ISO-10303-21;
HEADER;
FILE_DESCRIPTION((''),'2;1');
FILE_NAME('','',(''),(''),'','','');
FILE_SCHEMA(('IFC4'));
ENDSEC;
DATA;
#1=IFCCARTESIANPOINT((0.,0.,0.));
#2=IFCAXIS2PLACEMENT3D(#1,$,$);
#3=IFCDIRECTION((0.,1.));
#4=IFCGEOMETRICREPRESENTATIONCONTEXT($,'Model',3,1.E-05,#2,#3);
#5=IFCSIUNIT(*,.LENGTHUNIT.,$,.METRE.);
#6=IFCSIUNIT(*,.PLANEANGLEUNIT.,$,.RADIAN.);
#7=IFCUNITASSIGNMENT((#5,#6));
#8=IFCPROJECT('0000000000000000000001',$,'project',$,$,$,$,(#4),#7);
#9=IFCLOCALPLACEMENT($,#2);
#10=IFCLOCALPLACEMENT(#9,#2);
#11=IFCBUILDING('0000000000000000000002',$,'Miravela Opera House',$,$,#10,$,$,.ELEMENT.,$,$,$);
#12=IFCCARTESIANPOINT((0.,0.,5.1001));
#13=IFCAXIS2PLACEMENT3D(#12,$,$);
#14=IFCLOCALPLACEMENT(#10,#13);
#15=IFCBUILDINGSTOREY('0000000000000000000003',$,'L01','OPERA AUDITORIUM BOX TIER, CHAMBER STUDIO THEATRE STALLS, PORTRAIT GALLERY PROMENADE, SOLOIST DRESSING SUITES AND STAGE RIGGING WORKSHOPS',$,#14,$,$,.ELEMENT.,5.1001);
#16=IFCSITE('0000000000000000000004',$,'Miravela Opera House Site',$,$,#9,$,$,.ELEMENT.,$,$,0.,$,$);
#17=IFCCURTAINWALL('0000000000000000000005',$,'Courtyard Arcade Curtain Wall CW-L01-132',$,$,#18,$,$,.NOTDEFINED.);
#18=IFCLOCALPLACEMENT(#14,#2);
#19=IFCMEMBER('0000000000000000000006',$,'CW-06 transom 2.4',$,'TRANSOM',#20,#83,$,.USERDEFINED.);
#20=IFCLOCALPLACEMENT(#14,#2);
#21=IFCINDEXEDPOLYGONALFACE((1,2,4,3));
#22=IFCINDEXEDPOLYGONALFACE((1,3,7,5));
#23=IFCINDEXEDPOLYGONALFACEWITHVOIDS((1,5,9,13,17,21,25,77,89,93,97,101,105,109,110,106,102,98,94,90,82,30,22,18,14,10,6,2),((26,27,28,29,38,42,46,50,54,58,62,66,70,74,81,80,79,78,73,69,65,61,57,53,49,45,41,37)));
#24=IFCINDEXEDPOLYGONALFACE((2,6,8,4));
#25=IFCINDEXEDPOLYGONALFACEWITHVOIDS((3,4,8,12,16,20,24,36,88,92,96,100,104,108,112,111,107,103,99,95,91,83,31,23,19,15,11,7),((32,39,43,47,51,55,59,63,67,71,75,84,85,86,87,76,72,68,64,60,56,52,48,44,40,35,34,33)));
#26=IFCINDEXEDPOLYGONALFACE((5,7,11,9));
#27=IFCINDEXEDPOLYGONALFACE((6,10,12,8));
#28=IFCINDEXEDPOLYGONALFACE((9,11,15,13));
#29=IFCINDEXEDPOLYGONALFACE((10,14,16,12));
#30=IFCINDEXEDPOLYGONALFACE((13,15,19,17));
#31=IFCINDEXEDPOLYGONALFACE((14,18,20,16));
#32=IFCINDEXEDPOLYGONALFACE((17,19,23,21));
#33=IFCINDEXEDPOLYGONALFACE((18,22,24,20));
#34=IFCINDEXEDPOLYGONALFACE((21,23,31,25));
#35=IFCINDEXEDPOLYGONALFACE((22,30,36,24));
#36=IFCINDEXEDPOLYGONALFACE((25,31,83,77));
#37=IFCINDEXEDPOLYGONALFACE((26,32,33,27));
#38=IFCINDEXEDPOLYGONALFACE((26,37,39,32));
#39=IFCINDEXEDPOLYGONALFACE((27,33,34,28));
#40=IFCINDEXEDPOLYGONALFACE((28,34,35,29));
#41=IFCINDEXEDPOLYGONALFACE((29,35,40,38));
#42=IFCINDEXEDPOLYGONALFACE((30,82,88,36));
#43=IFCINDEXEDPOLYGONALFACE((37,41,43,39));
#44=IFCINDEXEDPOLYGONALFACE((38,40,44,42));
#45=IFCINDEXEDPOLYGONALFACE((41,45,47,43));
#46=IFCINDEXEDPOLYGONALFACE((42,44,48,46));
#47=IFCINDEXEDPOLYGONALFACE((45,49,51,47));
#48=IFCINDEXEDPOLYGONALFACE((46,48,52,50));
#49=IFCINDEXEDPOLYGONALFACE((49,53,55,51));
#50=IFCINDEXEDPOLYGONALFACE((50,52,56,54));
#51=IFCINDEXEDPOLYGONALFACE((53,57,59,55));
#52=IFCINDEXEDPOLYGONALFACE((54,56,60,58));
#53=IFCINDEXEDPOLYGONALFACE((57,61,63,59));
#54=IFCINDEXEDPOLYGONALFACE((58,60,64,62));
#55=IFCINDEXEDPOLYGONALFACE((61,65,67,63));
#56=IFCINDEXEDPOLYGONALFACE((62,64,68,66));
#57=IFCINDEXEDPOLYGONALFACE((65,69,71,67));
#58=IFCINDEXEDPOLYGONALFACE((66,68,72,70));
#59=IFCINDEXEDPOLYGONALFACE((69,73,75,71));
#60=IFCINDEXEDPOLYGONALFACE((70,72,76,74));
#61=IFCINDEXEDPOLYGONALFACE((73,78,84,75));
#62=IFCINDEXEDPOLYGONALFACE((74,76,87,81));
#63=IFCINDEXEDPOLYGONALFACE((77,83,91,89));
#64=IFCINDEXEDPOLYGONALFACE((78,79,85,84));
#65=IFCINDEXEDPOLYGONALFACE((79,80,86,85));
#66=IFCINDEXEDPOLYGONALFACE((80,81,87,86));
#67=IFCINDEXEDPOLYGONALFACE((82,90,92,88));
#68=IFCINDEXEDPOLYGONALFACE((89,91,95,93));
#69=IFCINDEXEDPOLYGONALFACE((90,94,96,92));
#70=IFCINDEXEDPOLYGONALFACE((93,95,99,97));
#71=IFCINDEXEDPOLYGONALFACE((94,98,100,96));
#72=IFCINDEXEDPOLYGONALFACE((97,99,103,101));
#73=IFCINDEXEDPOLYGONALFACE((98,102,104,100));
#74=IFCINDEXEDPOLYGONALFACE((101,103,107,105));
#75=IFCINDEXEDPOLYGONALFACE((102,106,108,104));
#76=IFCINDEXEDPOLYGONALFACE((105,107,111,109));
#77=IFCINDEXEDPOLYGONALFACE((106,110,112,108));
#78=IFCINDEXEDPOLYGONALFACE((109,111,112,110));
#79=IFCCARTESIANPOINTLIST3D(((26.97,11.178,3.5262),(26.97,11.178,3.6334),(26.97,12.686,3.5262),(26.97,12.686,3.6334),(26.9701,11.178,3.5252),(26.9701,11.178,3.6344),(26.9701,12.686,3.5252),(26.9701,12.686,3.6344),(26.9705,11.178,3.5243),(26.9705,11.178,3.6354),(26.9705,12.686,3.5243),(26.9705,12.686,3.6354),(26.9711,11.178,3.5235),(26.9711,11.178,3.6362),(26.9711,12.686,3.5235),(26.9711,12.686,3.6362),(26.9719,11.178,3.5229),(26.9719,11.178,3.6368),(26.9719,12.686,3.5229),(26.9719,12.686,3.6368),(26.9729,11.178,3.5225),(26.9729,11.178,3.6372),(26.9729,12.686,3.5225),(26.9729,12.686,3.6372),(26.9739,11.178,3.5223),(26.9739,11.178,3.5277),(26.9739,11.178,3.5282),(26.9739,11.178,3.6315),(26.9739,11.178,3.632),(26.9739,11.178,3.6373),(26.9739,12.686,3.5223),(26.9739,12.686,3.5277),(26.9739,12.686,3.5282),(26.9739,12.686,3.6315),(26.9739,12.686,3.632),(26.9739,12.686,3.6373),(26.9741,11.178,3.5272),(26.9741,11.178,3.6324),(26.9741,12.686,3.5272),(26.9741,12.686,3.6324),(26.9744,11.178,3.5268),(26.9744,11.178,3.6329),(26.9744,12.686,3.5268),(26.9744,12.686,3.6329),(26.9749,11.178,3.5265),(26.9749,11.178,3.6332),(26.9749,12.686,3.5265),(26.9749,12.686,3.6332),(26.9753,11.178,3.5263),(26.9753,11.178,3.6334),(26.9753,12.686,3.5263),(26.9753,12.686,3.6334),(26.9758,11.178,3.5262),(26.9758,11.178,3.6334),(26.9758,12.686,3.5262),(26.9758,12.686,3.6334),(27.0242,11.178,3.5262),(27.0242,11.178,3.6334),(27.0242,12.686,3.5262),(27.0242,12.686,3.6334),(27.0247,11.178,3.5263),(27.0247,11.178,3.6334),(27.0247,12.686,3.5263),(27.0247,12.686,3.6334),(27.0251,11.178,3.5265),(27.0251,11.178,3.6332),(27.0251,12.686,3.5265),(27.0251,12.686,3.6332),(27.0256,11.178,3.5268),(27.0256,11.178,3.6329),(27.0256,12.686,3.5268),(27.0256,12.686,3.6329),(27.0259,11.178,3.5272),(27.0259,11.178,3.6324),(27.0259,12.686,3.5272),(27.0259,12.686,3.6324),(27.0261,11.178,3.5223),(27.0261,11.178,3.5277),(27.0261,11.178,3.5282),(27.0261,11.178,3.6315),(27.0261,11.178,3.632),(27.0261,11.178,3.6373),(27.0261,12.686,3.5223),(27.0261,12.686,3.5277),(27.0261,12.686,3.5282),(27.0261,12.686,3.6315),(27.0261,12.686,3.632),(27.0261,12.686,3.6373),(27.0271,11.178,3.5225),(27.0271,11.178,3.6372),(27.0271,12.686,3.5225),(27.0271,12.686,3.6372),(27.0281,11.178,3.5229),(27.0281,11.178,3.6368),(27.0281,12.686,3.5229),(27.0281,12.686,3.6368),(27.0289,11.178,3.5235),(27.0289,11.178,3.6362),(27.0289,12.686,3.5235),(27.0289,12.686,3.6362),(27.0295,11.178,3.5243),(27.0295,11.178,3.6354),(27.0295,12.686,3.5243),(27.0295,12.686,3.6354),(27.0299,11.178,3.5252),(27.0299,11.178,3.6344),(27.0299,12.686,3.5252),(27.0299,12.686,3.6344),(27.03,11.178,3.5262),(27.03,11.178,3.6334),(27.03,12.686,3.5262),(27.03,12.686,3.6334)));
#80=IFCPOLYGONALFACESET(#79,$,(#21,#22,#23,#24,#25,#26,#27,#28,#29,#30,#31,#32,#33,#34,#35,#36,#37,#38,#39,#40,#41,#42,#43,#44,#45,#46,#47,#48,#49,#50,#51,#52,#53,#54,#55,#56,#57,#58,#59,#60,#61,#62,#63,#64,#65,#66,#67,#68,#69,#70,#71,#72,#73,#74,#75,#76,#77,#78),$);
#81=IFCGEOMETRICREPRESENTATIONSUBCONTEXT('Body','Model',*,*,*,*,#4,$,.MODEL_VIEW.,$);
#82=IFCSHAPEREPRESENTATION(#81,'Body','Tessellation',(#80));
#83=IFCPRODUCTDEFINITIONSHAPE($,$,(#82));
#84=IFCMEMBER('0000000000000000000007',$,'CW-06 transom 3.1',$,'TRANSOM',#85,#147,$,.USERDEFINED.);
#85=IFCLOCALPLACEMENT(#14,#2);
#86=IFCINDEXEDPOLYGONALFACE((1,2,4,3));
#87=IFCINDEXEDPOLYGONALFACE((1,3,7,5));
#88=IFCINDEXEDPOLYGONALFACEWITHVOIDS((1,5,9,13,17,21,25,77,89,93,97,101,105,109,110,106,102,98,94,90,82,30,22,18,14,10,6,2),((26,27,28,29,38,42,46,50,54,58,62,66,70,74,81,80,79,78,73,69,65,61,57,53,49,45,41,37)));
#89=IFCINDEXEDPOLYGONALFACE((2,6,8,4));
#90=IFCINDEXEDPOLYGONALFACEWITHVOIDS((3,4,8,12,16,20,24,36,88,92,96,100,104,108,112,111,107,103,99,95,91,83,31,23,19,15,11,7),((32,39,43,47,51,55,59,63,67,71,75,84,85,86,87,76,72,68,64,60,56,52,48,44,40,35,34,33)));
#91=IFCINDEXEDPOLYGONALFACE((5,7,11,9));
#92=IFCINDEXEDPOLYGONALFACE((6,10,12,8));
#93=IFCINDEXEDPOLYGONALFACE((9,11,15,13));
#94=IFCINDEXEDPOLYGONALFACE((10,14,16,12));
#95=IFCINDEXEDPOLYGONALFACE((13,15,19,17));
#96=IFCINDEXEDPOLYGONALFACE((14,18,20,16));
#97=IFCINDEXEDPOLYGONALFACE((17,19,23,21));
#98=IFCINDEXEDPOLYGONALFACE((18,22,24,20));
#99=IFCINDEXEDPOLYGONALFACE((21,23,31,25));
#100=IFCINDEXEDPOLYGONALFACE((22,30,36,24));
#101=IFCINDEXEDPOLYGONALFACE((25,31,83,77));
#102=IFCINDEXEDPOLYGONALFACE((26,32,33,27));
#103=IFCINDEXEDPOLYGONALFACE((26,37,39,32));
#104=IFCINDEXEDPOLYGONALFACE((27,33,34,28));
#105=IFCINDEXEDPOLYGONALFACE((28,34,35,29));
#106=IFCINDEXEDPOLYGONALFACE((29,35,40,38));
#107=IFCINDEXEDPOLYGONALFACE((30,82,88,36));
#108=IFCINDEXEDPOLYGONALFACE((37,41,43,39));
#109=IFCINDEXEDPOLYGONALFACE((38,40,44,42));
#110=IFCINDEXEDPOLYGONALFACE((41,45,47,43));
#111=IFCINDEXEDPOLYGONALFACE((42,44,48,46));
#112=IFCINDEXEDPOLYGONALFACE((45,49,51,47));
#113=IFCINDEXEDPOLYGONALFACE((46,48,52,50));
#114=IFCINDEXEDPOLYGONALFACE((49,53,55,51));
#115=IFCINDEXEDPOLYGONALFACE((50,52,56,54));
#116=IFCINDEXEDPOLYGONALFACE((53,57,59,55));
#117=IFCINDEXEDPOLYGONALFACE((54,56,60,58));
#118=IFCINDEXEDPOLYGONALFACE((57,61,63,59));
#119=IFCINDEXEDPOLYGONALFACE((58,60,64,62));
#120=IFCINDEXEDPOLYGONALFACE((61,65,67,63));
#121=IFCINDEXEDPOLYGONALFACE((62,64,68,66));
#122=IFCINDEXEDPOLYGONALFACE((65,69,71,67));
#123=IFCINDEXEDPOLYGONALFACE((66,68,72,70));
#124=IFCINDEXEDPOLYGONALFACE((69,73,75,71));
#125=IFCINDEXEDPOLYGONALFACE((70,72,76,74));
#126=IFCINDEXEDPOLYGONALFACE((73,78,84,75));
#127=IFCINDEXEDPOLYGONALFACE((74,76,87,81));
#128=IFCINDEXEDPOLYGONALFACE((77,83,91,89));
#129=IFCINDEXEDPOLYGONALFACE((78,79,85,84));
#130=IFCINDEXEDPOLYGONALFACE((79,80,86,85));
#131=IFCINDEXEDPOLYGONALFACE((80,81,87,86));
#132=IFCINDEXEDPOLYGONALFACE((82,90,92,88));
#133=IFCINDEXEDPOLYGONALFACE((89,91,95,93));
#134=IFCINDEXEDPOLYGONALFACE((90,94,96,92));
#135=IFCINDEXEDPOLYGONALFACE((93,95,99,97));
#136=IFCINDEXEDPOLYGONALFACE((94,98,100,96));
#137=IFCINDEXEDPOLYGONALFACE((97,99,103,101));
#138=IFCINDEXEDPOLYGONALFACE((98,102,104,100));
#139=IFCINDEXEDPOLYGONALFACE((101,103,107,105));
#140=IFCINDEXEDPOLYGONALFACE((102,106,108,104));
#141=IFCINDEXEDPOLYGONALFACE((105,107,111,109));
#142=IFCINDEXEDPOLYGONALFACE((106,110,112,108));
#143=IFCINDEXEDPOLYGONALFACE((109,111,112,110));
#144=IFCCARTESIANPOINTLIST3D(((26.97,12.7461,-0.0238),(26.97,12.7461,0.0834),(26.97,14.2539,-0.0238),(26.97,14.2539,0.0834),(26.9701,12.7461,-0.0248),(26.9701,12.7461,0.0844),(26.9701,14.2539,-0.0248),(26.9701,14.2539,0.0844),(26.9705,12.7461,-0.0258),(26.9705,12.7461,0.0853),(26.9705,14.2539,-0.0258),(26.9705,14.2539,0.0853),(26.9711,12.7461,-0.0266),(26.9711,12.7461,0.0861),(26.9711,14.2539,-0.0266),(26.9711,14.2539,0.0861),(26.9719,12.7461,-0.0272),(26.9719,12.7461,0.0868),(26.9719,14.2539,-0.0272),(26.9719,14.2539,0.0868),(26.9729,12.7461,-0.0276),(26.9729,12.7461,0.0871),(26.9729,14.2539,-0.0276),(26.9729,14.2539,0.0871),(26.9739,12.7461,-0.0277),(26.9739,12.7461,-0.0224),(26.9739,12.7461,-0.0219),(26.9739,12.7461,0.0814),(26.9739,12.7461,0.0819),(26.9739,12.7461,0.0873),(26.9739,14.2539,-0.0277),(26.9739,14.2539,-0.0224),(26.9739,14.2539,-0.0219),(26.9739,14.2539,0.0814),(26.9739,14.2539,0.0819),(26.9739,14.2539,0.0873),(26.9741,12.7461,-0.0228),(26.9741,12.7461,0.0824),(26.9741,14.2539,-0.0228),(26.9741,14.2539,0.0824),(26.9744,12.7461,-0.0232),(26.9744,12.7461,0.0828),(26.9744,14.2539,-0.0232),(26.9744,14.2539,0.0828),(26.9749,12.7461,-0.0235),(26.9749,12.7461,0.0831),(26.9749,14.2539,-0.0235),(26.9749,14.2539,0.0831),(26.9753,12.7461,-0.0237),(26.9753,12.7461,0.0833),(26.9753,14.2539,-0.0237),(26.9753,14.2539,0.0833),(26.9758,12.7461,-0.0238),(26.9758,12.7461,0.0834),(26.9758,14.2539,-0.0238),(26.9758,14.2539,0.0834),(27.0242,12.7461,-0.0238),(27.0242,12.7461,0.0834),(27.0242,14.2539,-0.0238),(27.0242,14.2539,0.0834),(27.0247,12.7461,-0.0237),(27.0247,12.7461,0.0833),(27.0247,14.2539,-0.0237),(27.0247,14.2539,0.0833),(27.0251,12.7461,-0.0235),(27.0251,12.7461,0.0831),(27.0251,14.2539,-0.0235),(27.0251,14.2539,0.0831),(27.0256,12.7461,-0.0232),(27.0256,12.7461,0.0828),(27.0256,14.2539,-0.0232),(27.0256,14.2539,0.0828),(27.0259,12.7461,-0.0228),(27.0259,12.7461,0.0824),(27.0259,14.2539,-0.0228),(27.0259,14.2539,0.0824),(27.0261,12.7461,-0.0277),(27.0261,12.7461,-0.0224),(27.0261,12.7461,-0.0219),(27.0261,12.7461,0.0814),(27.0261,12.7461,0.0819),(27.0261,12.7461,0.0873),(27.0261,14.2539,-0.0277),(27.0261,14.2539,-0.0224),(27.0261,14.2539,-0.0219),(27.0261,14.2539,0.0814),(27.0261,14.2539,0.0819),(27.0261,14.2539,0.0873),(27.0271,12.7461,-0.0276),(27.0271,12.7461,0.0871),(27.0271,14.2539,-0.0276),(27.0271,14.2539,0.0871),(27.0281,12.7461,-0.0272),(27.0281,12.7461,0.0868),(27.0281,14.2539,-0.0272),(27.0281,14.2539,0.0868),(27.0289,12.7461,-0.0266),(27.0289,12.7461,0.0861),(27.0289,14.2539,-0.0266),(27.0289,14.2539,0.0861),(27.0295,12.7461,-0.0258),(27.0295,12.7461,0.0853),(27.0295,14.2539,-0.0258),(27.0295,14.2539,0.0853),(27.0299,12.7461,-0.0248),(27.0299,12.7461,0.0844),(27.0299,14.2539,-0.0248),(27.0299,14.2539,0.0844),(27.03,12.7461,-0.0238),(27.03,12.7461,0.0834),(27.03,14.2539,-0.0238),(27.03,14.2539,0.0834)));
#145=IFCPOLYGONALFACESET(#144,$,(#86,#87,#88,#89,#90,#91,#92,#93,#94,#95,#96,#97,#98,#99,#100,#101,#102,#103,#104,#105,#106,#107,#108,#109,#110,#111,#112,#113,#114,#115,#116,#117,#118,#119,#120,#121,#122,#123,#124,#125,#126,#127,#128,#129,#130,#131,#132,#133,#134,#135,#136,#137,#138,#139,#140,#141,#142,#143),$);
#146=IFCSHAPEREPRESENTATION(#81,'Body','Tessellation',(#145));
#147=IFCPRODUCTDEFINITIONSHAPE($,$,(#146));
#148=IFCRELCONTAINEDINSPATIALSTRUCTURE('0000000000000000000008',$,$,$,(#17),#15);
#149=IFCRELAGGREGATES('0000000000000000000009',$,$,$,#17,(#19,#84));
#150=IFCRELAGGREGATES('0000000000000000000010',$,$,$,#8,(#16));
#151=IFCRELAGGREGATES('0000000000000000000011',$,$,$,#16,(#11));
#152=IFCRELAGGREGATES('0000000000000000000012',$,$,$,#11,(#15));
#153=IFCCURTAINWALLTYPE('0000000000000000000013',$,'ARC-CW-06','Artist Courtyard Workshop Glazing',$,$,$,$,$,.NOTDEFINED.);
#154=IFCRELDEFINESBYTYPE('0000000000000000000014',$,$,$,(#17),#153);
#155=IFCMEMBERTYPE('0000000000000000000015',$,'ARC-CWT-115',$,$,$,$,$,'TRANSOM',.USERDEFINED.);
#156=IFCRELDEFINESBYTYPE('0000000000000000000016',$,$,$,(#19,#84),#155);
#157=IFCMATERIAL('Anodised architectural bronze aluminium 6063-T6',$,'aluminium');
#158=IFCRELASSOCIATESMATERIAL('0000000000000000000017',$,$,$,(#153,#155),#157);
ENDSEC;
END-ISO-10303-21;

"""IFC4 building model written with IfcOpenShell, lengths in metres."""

from ifc_helpers import new_model, si_unit, direction, frame, origin, origin_2d, place, context, subcontext, project, spatial, hollow_rectangle, extrude, material, material_profile, profile_set, type_object, element, aggregate, save


model = new_model("IFC4")

# Units and contexts
model_context = context("Model", 3, precision=1e-05, world=origin(), true_north=direction((0.0, 1.0)))
body_context = subcontext(model_context, "Body", "Model", "MODEL_VIEW")
ifc_project = project(units=[si_unit("LENGTHUNIT", "METRE"), si_unit("PLANEANGLEUNIT", "RADIAN")], contexts=[model_context])

# Site, building, storey
site_placement = place(None, origin())
site = spatial("IfcSite", under=ifc_project, at=site_placement, Name="Miravela Opera House Site", CompositionType="ELEMENT", RefElevation=0.0)
building_placement = place(site_placement, origin())
building = spatial("IfcBuilding", under=site, at=building_placement, Name="Miravela Opera House", CompositionType="ELEMENT")
storey_placement = place(building_placement, frame((0.0, 0.0, 5.1001)))
storey = spatial("IfcBuildingStorey", under=building, at=storey_placement, Name="L01", Description="OPERA AUDITORIUM BOX TIER, CHAMBER STUDIO THEATRE STALLS, PORTRAIT GALLERY PROMENADE, SOLOIST DRESSING SUITES AND STAGE RIGGING WORKSHOPS", CompositionType="ELEMENT", Elevation=5.1001)

# Curtain wall, members
ifc_material_1 = material(Name="Anodised architectural bronze aluminium 6063-T6", Category="aluminium")
curtain_wall_type = type_object("IfcCurtainWallType", Name="ARC-CW-06", Description="Artist Courtyard Workshop Glazing", PredefinedType="NOTDEFINED", material=ifc_material_1)
curtain_wall_placement = place(storey_placement, origin())
curtain_wall = element("IfcCurtainWall", 1, at=curtain_wall_placement, inside=storey, type_object=curtain_wall_type, Name="Courtyard Arcade Curtain Wall CW-L01-132", PredefinedType="NOTDEFINED")
ifc_material_profile_1 = material_profile(ifc_material_1, hollow_rectangle(XDim=0.0601, YDim=0.115, WallThickness=0.0039, InnerFilletRadius=0.002, OuterFilletRadius=0.0039, at=origin_2d()), Name="CWT-60X115")
ifc_profile_set_1 = profile_set([ifc_material_profile_1])
member_type_1 = type_object("IfcMemberType", Name="ARC-CWT-115", ElementType="TRANSOM", PredefinedType="USERDEFINED", material=ifc_profile_set_1)
member_1_placement = place(storey_placement, frame((27.0, 11.178, 3.5798), z_axis=(0.0, 1.0, 0.0), x_axis=(-1.0, 0.0, 0.0)))
member_1 = element("IfcMember", 2, at=member_1_placement, type_object=member_type_1, Name="CW-06 transom 2.4", ObjectType="TRANSOM", PredefinedType="USERDEFINED", context=body_context, shape_type="SweptSolid", body=[
    extrude(hollow_rectangle(XDim=0.0601, YDim=0.115, WallThickness=0.0039, InnerFilletRadius=0.002, OuterFilletRadius=0.0039, at=origin_2d()), origin(), (0.0, 0.0, 1.0), 1.5081),
])
member_2_placement = place(storey_placement, frame((27.0, 12.7461, 0.0298), z_axis=(0.0, 1.0, 0.0), x_axis=(-1.0, 0.0, 0.0)))
member_2 = element("IfcMember", 3, at=member_2_placement, type_object=member_type_1, Name="CW-06 transom 3.1", ObjectType="TRANSOM", PredefinedType="USERDEFINED", context=body_context, shape_type="SweptSolid", body=[
    extrude(hollow_rectangle(XDim=0.0601, YDim=0.115, WallThickness=0.0039, InnerFilletRadius=0.002, OuterFilletRadius=0.0039, at=origin_2d()), origin(), (0.0, 0.0, 1.0), 1.5078),
])
aggregate(curtain_wall, [member_1, member_2])

save(model, "model.ifc")
